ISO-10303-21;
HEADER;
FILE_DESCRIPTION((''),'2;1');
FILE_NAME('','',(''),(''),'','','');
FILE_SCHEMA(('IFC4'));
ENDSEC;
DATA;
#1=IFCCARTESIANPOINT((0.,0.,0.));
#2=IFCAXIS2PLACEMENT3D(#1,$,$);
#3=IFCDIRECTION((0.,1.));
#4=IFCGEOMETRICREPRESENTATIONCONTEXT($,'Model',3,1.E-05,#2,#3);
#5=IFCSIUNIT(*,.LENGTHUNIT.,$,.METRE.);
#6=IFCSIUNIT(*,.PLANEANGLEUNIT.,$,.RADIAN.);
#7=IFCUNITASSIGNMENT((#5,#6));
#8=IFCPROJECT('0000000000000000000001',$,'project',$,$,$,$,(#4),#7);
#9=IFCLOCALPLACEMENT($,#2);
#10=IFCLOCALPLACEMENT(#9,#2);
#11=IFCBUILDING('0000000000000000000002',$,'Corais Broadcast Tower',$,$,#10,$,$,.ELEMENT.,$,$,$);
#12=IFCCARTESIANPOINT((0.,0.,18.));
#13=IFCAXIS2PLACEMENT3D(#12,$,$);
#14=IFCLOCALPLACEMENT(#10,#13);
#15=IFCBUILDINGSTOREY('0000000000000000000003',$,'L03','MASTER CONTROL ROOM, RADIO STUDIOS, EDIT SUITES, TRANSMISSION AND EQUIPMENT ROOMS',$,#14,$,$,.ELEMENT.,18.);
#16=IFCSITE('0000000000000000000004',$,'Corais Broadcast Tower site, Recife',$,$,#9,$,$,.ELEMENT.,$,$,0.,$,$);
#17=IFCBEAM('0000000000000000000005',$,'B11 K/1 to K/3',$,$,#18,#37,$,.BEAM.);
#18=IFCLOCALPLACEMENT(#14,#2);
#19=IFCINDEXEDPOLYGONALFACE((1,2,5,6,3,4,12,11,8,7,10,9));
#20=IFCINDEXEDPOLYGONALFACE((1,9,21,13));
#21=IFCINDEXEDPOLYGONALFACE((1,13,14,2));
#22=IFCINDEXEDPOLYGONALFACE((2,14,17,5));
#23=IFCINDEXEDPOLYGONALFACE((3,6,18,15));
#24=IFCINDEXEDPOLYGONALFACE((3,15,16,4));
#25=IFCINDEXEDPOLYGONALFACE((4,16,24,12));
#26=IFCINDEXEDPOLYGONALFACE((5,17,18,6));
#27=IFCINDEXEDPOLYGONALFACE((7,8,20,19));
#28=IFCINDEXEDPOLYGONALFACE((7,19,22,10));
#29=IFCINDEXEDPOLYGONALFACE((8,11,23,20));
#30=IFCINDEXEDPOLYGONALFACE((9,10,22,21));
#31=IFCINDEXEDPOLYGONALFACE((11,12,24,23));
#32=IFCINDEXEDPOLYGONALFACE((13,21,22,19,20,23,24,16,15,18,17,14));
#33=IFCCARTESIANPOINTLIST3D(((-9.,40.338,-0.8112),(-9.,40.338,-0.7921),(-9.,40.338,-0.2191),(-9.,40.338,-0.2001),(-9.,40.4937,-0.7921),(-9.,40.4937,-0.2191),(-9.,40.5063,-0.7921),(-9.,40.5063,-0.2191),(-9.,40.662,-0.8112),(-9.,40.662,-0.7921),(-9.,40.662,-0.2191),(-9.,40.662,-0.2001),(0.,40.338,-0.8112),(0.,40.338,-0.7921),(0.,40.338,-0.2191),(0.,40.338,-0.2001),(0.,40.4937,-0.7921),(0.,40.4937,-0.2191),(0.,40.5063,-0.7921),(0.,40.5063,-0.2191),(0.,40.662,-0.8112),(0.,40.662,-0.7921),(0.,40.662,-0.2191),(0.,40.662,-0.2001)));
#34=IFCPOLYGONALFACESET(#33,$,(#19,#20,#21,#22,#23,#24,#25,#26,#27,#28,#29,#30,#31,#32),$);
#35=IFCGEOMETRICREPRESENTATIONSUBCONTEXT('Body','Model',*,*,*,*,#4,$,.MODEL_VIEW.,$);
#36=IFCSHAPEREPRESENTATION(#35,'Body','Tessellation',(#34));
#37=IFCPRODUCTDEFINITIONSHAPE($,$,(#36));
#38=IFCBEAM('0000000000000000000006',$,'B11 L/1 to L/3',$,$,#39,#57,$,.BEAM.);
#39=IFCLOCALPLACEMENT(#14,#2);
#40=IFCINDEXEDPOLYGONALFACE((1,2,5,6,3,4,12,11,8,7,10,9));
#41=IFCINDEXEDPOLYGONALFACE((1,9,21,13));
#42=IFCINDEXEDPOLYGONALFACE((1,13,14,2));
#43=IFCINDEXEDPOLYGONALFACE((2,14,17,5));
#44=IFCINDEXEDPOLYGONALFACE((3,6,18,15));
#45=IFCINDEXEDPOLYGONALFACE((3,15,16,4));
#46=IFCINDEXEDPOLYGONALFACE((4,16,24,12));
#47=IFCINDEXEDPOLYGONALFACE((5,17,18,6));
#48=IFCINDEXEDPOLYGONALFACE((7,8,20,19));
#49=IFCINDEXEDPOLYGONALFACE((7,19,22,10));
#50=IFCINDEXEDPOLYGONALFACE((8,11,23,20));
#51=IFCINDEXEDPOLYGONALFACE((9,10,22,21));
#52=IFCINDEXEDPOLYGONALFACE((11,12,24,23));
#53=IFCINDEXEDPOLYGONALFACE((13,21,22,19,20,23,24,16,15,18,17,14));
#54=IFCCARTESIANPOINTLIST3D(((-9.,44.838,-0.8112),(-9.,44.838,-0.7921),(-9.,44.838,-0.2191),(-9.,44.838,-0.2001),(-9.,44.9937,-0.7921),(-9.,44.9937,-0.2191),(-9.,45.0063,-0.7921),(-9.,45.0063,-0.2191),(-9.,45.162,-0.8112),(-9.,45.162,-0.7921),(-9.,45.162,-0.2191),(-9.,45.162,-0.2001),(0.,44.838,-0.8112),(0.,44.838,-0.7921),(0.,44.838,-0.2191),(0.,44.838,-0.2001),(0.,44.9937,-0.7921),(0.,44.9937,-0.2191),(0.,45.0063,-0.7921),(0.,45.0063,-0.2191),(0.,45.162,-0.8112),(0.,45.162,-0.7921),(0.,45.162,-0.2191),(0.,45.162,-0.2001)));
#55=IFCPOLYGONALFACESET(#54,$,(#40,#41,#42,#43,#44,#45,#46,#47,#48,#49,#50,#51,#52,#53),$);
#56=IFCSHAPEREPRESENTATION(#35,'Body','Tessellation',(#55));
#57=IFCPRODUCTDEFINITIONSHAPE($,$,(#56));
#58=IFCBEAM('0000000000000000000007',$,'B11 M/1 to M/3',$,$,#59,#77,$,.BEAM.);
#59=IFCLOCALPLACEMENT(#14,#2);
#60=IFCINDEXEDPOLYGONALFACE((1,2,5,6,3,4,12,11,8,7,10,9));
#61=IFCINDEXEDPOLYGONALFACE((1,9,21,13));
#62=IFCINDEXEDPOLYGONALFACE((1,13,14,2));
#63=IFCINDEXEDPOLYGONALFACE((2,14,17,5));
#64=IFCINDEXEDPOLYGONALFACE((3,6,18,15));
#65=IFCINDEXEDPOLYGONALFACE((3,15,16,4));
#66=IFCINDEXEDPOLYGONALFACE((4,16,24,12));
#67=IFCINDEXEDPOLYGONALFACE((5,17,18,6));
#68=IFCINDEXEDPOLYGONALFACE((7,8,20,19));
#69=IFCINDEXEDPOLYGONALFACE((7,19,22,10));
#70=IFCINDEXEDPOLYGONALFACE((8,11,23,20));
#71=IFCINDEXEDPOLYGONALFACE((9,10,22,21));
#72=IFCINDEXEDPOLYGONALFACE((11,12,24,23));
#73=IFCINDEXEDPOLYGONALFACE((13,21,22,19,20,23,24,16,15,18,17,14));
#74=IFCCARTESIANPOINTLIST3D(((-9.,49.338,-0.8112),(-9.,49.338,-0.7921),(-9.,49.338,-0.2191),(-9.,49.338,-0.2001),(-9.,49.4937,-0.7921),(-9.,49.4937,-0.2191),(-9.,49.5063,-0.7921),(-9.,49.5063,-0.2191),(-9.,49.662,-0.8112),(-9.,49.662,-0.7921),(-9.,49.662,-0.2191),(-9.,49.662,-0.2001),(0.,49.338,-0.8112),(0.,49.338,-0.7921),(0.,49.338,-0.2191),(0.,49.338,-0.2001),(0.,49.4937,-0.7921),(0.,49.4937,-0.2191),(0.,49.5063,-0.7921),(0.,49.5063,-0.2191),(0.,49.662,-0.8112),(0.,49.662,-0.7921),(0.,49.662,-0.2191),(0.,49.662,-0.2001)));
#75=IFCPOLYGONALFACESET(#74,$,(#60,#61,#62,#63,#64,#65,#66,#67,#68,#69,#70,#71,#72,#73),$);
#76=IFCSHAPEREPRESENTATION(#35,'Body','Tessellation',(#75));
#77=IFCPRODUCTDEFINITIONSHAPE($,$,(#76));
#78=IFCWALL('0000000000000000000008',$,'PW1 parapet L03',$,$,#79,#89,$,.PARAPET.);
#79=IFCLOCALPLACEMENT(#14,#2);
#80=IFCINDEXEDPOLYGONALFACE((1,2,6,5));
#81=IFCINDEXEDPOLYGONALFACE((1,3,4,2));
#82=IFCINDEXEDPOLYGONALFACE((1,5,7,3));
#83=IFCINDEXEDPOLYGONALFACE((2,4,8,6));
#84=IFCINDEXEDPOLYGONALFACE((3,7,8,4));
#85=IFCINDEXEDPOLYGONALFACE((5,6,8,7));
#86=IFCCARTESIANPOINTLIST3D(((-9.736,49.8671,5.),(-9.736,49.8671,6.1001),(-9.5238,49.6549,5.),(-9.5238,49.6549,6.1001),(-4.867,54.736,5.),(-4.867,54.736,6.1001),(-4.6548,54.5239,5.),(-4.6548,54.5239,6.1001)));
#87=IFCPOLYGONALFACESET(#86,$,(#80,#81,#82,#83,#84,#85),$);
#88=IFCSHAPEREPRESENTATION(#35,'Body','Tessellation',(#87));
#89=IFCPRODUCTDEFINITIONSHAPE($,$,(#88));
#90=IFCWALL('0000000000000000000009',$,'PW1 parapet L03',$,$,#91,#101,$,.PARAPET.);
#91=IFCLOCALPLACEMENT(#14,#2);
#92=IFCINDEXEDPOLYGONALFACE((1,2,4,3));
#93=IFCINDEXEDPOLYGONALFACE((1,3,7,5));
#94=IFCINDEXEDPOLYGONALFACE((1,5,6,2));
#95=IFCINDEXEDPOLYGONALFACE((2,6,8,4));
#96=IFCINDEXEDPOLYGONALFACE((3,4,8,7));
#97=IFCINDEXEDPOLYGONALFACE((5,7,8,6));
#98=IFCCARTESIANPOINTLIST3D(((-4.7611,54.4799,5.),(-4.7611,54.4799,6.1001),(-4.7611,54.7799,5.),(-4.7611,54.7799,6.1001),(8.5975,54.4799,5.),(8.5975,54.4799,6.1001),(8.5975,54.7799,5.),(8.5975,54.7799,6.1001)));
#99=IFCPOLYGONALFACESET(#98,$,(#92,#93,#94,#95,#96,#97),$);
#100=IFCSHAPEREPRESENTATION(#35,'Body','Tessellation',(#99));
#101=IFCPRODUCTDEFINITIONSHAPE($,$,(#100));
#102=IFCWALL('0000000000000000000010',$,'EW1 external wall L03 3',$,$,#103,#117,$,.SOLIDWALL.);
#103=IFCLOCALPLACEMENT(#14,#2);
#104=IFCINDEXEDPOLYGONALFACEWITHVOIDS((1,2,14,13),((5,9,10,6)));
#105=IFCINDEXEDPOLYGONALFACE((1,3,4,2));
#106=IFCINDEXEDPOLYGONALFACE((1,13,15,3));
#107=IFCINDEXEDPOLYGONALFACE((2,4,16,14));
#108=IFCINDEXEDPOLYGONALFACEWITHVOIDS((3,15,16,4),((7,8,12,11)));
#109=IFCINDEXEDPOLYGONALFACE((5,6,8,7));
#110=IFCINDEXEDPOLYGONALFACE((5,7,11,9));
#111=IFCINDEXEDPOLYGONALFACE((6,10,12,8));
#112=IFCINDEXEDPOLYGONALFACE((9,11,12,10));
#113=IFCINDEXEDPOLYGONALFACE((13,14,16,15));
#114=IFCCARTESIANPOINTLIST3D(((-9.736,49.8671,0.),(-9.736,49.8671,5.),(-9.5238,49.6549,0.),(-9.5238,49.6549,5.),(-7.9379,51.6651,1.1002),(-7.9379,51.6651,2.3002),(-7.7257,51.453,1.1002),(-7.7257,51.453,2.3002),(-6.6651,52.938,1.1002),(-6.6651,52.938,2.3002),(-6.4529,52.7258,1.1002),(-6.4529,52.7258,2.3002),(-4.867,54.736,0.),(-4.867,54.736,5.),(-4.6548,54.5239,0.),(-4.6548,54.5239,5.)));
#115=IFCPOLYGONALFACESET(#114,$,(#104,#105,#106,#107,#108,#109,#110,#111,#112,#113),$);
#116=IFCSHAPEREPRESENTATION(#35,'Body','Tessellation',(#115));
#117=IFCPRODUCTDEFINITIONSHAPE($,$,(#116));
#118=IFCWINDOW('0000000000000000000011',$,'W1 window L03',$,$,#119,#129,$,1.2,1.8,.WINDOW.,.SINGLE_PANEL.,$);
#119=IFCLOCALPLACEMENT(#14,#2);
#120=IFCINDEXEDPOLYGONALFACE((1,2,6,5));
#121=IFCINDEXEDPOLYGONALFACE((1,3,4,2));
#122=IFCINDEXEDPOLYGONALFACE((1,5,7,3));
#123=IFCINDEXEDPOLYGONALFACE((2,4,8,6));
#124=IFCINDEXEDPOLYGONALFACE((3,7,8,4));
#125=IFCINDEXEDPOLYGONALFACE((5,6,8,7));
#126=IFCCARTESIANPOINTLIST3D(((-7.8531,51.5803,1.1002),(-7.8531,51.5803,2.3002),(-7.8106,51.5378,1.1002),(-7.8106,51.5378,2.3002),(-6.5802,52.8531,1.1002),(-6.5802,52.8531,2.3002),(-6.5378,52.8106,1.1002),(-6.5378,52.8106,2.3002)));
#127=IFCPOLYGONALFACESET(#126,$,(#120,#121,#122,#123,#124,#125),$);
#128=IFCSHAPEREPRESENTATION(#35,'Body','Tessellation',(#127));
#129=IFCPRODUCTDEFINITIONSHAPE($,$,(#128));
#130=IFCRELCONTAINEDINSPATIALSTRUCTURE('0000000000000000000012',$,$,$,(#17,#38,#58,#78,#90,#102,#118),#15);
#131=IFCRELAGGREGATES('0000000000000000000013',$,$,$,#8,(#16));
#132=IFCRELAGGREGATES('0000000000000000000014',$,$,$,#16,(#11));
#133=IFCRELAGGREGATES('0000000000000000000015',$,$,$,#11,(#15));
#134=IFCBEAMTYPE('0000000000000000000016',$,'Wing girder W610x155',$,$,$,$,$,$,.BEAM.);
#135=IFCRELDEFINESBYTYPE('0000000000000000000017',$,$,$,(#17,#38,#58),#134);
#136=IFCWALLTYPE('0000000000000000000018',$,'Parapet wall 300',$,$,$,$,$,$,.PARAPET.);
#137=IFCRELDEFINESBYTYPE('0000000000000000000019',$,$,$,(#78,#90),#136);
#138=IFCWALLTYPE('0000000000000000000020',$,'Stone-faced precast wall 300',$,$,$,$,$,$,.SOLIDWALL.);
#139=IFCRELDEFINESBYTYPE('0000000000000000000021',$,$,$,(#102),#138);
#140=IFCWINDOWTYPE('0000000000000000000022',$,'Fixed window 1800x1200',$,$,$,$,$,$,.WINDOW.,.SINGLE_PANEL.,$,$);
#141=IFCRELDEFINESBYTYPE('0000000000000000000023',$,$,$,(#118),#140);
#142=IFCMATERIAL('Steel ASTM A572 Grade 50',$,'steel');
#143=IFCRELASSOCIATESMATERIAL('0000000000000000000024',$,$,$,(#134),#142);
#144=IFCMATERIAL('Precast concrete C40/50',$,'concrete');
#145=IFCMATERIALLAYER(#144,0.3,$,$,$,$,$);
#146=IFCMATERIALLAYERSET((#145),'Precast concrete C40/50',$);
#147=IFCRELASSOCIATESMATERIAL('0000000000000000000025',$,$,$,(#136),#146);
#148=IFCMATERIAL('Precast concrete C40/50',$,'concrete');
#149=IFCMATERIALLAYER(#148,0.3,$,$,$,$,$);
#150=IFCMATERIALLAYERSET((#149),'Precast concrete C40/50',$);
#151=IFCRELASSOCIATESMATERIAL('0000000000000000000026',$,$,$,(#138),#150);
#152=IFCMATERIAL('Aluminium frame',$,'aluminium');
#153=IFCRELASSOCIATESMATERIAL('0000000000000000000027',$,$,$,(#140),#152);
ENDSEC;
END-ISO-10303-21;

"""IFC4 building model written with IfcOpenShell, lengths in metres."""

from ifc_helpers import new_model, si_unit, direction, frame, frame_2d, origin, origin_2d, place, context, subcontext, project, spatial, rectangle, i_section, extrude, material, layer, layer_set, material_profile, profile_set, type_object, element, fill, save


model = new_model("IFC4")

# Units and contexts
model_context = context("Model", 3, precision=1e-05, world=origin(), true_north=direction((0.0, 1.0)))
body_context = subcontext(model_context, "Body", "Model", "MODEL_VIEW")
ifc_project = project(units=[si_unit("LENGTHUNIT", "METRE"), si_unit("PLANEANGLEUNIT", "RADIAN")], contexts=[model_context])

# Site, building, storey
site_placement = place(None, origin())
site = spatial("IfcSite", under=ifc_project, at=site_placement, Name="Corais Broadcast Tower site, Recife", CompositionType="ELEMENT", RefElevation=0.0)
building_placement = place(site_placement, origin())
building = spatial("IfcBuilding", under=site, at=building_placement, Name="Corais Broadcast Tower", CompositionType="ELEMENT")
storey_placement = place(building_placement, frame((0.0, 0.0, 18.0)))
storey = spatial("IfcBuildingStorey", under=building, at=storey_placement, Name="L03", Description="MASTER CONTROL ROOM, RADIO STUDIOS, EDIT SUITES, TRANSMISSION AND EQUIPMENT ROOMS", CompositionType="ELEMENT", Elevation=18.0)

# Beams
ifc_material_1 = material(Name="Steel ASTM A572 Grade 50", Category="steel")
ifc_material_profile_1 = material_profile(ifc_material_1, i_section(OverallWidth=0.324, OverallDepth=0.6111, WebThickness=0.0127, FlangeThickness=0.019, at=origin_2d()), Name="W610x155")
ifc_profile_set_1 = profile_set([ifc_material_profile_1], Name="Steel ASTM A572 Grade 50")
beam_type_1 = type_object("IfcBeamType", Name="Wing girder W610x155", PredefinedType="BEAM", material=ifc_profile_set_1)
for number, where, z_axis, x_axis, name in (
    (1, (-9.0, 40.5, -0.5056), (1.0, 0.0, 0.0), (0.0, 1.0, 0.0), "B11 K/1 to K/3"),
    (2, (-9.0, 45.0, -0.5056), (1.0, 0.0, 0.0), (0.0, 1.0, 0.0), "B11 L/1 to L/3"),
    (3, (-9.0, 49.5, -0.5056), (1.0, 0.0, 0.0), (0.0, 1.0, 0.0), "B11 M/1 to M/3"),
):
    element("IfcBeam", number, at=place(storey_placement, frame(where, z_axis=z_axis, x_axis=x_axis)), inside=storey, type_object=beam_type_1, Name=name, PredefinedType="BEAM", context=body_context, shape_type="SweptSolid", body=[
        extrude(i_section(OverallWidth=0.324, OverallDepth=0.6111, WebThickness=0.0127, FlangeThickness=0.019, at=origin_2d()), origin(), (0.0, 0.0, 1.0), 9.0),
    ])

# Walls
ifc_material_2 = material(Name="Precast concrete C40/50", Category="concrete")
ifc_layer_1 = layer(ifc_material_2, 0.3)
ifc_layer_set_1 = layer_set([ifc_layer_1], Name="Precast concrete C40/50")
wall_type_1 = type_object("IfcWallType", Name="Parapet wall 300", PredefinedType="PARAPET", material=ifc_layer_set_1)
wall_1_placement = place(storey_placement, frame((-9.6299, 49.761, 5.0), z_axis=(0.0, 0.0, 1.0), x_axis=(0.707107, 0.707107, 0.0)))
element("IfcWall", 4, at=wall_1_placement, inside=storey, type_object=wall_type_1, Name="PW1 parapet L03", PredefinedType="PARAPET", context=body_context, shape_type="SweptSolid", body=[
    extrude(rectangle(XDim=6.8857, YDim=0.3, at=frame_2d((3.4429, 0.0))), origin(), (0.0, 0.0, 1.0), 1.1001),
])
wall_2_placement = place(storey_placement, frame((-4.761, 54.6299, 5.0), z_axis=(0.0, 0.0, 1.0), x_axis=(1.0, 0.0, 0.0)))
element("IfcWall", 5, at=wall_2_placement, inside=storey, type_object=wall_type_1, Name="PW1 parapet L03", PredefinedType="PARAPET", context=body_context, shape_type="SweptSolid", body=[
    extrude(rectangle(XDim=13.3586, YDim=0.3, at=frame_2d((6.6792, 0.0))), origin(), (0.0, 0.0, 1.0), 1.1001),
])

# Wall, opening, window
ifc_material_3 = material(Name="Precast concrete C40/50", Category="concrete")
ifc_layer_2 = layer(ifc_material_3, 0.3)
ifc_layer_set_2 = layer_set([ifc_layer_2], Name="Precast concrete C40/50")
wall_type_2 = type_object("IfcWallType", Name="Stone-faced precast wall 300", PredefinedType="SOLIDWALL", material=ifc_layer_set_2)
wall_3_placement = place(storey_placement, frame((-9.6299, 49.761, 0.0), z_axis=(0.0, 0.0, 1.0), x_axis=(0.707107, 0.707107, 0.0)))
wall_3 = element("IfcWall", 6, at=wall_3_placement, inside=storey, type_object=wall_type_2, Name="EW1 external wall L03 3", PredefinedType="SOLIDWALL", context=body_context, shape_type="SweptSolid", body=[
    extrude(rectangle(XDim=6.8857, YDim=0.3, at=frame_2d((3.4429, 0.0))), origin(), (0.0, 0.0, 1.0), 5.0),
])
opening_1_placement = place(wall_3_placement, frame((2.543, 0.0, 1.1001)))
opening_1 = element("IfcOpeningElement", 7, at=opening_1_placement, cuts=wall_3, PredefinedType="OPENING", context=body_context, shape_type="SweptSolid", body=[
    extrude(rectangle(XDim=1.8, YDim=1.2, at=frame_2d((0.8999, 0.6001))), frame((0.0, 0.1599, 0.0), z_axis=(0.0, -1.0, 0.0), x_axis=(1.0, 0.0, 0.0)), (0.0, 0.0, 1.0), 0.3201),
])
ifc_material_4 = material(Name="Aluminium frame", Category="aluminium")
window_type = type_object("IfcWindowType", Name="Fixed window 1800x1200", PartitioningType="SINGLE_PANEL", PredefinedType="WINDOW", material=ifc_material_4)
window_1_placement = place(opening_1_placement, origin())
window_1 = element("IfcWindow", 8, at=window_1_placement, inside=storey, type_object=window_type, Name="W1 window L03", OverallHeight=1.2, OverallWidth=1.8, PartitioningType="SINGLE_PANEL", PredefinedType="WINDOW", context=body_context, shape_type="SweptSolid", body=[
    extrude(rectangle(XDim=1.8, YDim=1.2, at=frame_2d((0.8999, 0.6001))), frame((0.0, 0.03, 0.0), z_axis=(0.0, -1.0, 0.0), x_axis=(1.0, 0.0, 0.0)), (0.0, 0.0, 1.0), 0.0601),
])
fill(opening_1, window_1)

save(model, "model.ifc")
